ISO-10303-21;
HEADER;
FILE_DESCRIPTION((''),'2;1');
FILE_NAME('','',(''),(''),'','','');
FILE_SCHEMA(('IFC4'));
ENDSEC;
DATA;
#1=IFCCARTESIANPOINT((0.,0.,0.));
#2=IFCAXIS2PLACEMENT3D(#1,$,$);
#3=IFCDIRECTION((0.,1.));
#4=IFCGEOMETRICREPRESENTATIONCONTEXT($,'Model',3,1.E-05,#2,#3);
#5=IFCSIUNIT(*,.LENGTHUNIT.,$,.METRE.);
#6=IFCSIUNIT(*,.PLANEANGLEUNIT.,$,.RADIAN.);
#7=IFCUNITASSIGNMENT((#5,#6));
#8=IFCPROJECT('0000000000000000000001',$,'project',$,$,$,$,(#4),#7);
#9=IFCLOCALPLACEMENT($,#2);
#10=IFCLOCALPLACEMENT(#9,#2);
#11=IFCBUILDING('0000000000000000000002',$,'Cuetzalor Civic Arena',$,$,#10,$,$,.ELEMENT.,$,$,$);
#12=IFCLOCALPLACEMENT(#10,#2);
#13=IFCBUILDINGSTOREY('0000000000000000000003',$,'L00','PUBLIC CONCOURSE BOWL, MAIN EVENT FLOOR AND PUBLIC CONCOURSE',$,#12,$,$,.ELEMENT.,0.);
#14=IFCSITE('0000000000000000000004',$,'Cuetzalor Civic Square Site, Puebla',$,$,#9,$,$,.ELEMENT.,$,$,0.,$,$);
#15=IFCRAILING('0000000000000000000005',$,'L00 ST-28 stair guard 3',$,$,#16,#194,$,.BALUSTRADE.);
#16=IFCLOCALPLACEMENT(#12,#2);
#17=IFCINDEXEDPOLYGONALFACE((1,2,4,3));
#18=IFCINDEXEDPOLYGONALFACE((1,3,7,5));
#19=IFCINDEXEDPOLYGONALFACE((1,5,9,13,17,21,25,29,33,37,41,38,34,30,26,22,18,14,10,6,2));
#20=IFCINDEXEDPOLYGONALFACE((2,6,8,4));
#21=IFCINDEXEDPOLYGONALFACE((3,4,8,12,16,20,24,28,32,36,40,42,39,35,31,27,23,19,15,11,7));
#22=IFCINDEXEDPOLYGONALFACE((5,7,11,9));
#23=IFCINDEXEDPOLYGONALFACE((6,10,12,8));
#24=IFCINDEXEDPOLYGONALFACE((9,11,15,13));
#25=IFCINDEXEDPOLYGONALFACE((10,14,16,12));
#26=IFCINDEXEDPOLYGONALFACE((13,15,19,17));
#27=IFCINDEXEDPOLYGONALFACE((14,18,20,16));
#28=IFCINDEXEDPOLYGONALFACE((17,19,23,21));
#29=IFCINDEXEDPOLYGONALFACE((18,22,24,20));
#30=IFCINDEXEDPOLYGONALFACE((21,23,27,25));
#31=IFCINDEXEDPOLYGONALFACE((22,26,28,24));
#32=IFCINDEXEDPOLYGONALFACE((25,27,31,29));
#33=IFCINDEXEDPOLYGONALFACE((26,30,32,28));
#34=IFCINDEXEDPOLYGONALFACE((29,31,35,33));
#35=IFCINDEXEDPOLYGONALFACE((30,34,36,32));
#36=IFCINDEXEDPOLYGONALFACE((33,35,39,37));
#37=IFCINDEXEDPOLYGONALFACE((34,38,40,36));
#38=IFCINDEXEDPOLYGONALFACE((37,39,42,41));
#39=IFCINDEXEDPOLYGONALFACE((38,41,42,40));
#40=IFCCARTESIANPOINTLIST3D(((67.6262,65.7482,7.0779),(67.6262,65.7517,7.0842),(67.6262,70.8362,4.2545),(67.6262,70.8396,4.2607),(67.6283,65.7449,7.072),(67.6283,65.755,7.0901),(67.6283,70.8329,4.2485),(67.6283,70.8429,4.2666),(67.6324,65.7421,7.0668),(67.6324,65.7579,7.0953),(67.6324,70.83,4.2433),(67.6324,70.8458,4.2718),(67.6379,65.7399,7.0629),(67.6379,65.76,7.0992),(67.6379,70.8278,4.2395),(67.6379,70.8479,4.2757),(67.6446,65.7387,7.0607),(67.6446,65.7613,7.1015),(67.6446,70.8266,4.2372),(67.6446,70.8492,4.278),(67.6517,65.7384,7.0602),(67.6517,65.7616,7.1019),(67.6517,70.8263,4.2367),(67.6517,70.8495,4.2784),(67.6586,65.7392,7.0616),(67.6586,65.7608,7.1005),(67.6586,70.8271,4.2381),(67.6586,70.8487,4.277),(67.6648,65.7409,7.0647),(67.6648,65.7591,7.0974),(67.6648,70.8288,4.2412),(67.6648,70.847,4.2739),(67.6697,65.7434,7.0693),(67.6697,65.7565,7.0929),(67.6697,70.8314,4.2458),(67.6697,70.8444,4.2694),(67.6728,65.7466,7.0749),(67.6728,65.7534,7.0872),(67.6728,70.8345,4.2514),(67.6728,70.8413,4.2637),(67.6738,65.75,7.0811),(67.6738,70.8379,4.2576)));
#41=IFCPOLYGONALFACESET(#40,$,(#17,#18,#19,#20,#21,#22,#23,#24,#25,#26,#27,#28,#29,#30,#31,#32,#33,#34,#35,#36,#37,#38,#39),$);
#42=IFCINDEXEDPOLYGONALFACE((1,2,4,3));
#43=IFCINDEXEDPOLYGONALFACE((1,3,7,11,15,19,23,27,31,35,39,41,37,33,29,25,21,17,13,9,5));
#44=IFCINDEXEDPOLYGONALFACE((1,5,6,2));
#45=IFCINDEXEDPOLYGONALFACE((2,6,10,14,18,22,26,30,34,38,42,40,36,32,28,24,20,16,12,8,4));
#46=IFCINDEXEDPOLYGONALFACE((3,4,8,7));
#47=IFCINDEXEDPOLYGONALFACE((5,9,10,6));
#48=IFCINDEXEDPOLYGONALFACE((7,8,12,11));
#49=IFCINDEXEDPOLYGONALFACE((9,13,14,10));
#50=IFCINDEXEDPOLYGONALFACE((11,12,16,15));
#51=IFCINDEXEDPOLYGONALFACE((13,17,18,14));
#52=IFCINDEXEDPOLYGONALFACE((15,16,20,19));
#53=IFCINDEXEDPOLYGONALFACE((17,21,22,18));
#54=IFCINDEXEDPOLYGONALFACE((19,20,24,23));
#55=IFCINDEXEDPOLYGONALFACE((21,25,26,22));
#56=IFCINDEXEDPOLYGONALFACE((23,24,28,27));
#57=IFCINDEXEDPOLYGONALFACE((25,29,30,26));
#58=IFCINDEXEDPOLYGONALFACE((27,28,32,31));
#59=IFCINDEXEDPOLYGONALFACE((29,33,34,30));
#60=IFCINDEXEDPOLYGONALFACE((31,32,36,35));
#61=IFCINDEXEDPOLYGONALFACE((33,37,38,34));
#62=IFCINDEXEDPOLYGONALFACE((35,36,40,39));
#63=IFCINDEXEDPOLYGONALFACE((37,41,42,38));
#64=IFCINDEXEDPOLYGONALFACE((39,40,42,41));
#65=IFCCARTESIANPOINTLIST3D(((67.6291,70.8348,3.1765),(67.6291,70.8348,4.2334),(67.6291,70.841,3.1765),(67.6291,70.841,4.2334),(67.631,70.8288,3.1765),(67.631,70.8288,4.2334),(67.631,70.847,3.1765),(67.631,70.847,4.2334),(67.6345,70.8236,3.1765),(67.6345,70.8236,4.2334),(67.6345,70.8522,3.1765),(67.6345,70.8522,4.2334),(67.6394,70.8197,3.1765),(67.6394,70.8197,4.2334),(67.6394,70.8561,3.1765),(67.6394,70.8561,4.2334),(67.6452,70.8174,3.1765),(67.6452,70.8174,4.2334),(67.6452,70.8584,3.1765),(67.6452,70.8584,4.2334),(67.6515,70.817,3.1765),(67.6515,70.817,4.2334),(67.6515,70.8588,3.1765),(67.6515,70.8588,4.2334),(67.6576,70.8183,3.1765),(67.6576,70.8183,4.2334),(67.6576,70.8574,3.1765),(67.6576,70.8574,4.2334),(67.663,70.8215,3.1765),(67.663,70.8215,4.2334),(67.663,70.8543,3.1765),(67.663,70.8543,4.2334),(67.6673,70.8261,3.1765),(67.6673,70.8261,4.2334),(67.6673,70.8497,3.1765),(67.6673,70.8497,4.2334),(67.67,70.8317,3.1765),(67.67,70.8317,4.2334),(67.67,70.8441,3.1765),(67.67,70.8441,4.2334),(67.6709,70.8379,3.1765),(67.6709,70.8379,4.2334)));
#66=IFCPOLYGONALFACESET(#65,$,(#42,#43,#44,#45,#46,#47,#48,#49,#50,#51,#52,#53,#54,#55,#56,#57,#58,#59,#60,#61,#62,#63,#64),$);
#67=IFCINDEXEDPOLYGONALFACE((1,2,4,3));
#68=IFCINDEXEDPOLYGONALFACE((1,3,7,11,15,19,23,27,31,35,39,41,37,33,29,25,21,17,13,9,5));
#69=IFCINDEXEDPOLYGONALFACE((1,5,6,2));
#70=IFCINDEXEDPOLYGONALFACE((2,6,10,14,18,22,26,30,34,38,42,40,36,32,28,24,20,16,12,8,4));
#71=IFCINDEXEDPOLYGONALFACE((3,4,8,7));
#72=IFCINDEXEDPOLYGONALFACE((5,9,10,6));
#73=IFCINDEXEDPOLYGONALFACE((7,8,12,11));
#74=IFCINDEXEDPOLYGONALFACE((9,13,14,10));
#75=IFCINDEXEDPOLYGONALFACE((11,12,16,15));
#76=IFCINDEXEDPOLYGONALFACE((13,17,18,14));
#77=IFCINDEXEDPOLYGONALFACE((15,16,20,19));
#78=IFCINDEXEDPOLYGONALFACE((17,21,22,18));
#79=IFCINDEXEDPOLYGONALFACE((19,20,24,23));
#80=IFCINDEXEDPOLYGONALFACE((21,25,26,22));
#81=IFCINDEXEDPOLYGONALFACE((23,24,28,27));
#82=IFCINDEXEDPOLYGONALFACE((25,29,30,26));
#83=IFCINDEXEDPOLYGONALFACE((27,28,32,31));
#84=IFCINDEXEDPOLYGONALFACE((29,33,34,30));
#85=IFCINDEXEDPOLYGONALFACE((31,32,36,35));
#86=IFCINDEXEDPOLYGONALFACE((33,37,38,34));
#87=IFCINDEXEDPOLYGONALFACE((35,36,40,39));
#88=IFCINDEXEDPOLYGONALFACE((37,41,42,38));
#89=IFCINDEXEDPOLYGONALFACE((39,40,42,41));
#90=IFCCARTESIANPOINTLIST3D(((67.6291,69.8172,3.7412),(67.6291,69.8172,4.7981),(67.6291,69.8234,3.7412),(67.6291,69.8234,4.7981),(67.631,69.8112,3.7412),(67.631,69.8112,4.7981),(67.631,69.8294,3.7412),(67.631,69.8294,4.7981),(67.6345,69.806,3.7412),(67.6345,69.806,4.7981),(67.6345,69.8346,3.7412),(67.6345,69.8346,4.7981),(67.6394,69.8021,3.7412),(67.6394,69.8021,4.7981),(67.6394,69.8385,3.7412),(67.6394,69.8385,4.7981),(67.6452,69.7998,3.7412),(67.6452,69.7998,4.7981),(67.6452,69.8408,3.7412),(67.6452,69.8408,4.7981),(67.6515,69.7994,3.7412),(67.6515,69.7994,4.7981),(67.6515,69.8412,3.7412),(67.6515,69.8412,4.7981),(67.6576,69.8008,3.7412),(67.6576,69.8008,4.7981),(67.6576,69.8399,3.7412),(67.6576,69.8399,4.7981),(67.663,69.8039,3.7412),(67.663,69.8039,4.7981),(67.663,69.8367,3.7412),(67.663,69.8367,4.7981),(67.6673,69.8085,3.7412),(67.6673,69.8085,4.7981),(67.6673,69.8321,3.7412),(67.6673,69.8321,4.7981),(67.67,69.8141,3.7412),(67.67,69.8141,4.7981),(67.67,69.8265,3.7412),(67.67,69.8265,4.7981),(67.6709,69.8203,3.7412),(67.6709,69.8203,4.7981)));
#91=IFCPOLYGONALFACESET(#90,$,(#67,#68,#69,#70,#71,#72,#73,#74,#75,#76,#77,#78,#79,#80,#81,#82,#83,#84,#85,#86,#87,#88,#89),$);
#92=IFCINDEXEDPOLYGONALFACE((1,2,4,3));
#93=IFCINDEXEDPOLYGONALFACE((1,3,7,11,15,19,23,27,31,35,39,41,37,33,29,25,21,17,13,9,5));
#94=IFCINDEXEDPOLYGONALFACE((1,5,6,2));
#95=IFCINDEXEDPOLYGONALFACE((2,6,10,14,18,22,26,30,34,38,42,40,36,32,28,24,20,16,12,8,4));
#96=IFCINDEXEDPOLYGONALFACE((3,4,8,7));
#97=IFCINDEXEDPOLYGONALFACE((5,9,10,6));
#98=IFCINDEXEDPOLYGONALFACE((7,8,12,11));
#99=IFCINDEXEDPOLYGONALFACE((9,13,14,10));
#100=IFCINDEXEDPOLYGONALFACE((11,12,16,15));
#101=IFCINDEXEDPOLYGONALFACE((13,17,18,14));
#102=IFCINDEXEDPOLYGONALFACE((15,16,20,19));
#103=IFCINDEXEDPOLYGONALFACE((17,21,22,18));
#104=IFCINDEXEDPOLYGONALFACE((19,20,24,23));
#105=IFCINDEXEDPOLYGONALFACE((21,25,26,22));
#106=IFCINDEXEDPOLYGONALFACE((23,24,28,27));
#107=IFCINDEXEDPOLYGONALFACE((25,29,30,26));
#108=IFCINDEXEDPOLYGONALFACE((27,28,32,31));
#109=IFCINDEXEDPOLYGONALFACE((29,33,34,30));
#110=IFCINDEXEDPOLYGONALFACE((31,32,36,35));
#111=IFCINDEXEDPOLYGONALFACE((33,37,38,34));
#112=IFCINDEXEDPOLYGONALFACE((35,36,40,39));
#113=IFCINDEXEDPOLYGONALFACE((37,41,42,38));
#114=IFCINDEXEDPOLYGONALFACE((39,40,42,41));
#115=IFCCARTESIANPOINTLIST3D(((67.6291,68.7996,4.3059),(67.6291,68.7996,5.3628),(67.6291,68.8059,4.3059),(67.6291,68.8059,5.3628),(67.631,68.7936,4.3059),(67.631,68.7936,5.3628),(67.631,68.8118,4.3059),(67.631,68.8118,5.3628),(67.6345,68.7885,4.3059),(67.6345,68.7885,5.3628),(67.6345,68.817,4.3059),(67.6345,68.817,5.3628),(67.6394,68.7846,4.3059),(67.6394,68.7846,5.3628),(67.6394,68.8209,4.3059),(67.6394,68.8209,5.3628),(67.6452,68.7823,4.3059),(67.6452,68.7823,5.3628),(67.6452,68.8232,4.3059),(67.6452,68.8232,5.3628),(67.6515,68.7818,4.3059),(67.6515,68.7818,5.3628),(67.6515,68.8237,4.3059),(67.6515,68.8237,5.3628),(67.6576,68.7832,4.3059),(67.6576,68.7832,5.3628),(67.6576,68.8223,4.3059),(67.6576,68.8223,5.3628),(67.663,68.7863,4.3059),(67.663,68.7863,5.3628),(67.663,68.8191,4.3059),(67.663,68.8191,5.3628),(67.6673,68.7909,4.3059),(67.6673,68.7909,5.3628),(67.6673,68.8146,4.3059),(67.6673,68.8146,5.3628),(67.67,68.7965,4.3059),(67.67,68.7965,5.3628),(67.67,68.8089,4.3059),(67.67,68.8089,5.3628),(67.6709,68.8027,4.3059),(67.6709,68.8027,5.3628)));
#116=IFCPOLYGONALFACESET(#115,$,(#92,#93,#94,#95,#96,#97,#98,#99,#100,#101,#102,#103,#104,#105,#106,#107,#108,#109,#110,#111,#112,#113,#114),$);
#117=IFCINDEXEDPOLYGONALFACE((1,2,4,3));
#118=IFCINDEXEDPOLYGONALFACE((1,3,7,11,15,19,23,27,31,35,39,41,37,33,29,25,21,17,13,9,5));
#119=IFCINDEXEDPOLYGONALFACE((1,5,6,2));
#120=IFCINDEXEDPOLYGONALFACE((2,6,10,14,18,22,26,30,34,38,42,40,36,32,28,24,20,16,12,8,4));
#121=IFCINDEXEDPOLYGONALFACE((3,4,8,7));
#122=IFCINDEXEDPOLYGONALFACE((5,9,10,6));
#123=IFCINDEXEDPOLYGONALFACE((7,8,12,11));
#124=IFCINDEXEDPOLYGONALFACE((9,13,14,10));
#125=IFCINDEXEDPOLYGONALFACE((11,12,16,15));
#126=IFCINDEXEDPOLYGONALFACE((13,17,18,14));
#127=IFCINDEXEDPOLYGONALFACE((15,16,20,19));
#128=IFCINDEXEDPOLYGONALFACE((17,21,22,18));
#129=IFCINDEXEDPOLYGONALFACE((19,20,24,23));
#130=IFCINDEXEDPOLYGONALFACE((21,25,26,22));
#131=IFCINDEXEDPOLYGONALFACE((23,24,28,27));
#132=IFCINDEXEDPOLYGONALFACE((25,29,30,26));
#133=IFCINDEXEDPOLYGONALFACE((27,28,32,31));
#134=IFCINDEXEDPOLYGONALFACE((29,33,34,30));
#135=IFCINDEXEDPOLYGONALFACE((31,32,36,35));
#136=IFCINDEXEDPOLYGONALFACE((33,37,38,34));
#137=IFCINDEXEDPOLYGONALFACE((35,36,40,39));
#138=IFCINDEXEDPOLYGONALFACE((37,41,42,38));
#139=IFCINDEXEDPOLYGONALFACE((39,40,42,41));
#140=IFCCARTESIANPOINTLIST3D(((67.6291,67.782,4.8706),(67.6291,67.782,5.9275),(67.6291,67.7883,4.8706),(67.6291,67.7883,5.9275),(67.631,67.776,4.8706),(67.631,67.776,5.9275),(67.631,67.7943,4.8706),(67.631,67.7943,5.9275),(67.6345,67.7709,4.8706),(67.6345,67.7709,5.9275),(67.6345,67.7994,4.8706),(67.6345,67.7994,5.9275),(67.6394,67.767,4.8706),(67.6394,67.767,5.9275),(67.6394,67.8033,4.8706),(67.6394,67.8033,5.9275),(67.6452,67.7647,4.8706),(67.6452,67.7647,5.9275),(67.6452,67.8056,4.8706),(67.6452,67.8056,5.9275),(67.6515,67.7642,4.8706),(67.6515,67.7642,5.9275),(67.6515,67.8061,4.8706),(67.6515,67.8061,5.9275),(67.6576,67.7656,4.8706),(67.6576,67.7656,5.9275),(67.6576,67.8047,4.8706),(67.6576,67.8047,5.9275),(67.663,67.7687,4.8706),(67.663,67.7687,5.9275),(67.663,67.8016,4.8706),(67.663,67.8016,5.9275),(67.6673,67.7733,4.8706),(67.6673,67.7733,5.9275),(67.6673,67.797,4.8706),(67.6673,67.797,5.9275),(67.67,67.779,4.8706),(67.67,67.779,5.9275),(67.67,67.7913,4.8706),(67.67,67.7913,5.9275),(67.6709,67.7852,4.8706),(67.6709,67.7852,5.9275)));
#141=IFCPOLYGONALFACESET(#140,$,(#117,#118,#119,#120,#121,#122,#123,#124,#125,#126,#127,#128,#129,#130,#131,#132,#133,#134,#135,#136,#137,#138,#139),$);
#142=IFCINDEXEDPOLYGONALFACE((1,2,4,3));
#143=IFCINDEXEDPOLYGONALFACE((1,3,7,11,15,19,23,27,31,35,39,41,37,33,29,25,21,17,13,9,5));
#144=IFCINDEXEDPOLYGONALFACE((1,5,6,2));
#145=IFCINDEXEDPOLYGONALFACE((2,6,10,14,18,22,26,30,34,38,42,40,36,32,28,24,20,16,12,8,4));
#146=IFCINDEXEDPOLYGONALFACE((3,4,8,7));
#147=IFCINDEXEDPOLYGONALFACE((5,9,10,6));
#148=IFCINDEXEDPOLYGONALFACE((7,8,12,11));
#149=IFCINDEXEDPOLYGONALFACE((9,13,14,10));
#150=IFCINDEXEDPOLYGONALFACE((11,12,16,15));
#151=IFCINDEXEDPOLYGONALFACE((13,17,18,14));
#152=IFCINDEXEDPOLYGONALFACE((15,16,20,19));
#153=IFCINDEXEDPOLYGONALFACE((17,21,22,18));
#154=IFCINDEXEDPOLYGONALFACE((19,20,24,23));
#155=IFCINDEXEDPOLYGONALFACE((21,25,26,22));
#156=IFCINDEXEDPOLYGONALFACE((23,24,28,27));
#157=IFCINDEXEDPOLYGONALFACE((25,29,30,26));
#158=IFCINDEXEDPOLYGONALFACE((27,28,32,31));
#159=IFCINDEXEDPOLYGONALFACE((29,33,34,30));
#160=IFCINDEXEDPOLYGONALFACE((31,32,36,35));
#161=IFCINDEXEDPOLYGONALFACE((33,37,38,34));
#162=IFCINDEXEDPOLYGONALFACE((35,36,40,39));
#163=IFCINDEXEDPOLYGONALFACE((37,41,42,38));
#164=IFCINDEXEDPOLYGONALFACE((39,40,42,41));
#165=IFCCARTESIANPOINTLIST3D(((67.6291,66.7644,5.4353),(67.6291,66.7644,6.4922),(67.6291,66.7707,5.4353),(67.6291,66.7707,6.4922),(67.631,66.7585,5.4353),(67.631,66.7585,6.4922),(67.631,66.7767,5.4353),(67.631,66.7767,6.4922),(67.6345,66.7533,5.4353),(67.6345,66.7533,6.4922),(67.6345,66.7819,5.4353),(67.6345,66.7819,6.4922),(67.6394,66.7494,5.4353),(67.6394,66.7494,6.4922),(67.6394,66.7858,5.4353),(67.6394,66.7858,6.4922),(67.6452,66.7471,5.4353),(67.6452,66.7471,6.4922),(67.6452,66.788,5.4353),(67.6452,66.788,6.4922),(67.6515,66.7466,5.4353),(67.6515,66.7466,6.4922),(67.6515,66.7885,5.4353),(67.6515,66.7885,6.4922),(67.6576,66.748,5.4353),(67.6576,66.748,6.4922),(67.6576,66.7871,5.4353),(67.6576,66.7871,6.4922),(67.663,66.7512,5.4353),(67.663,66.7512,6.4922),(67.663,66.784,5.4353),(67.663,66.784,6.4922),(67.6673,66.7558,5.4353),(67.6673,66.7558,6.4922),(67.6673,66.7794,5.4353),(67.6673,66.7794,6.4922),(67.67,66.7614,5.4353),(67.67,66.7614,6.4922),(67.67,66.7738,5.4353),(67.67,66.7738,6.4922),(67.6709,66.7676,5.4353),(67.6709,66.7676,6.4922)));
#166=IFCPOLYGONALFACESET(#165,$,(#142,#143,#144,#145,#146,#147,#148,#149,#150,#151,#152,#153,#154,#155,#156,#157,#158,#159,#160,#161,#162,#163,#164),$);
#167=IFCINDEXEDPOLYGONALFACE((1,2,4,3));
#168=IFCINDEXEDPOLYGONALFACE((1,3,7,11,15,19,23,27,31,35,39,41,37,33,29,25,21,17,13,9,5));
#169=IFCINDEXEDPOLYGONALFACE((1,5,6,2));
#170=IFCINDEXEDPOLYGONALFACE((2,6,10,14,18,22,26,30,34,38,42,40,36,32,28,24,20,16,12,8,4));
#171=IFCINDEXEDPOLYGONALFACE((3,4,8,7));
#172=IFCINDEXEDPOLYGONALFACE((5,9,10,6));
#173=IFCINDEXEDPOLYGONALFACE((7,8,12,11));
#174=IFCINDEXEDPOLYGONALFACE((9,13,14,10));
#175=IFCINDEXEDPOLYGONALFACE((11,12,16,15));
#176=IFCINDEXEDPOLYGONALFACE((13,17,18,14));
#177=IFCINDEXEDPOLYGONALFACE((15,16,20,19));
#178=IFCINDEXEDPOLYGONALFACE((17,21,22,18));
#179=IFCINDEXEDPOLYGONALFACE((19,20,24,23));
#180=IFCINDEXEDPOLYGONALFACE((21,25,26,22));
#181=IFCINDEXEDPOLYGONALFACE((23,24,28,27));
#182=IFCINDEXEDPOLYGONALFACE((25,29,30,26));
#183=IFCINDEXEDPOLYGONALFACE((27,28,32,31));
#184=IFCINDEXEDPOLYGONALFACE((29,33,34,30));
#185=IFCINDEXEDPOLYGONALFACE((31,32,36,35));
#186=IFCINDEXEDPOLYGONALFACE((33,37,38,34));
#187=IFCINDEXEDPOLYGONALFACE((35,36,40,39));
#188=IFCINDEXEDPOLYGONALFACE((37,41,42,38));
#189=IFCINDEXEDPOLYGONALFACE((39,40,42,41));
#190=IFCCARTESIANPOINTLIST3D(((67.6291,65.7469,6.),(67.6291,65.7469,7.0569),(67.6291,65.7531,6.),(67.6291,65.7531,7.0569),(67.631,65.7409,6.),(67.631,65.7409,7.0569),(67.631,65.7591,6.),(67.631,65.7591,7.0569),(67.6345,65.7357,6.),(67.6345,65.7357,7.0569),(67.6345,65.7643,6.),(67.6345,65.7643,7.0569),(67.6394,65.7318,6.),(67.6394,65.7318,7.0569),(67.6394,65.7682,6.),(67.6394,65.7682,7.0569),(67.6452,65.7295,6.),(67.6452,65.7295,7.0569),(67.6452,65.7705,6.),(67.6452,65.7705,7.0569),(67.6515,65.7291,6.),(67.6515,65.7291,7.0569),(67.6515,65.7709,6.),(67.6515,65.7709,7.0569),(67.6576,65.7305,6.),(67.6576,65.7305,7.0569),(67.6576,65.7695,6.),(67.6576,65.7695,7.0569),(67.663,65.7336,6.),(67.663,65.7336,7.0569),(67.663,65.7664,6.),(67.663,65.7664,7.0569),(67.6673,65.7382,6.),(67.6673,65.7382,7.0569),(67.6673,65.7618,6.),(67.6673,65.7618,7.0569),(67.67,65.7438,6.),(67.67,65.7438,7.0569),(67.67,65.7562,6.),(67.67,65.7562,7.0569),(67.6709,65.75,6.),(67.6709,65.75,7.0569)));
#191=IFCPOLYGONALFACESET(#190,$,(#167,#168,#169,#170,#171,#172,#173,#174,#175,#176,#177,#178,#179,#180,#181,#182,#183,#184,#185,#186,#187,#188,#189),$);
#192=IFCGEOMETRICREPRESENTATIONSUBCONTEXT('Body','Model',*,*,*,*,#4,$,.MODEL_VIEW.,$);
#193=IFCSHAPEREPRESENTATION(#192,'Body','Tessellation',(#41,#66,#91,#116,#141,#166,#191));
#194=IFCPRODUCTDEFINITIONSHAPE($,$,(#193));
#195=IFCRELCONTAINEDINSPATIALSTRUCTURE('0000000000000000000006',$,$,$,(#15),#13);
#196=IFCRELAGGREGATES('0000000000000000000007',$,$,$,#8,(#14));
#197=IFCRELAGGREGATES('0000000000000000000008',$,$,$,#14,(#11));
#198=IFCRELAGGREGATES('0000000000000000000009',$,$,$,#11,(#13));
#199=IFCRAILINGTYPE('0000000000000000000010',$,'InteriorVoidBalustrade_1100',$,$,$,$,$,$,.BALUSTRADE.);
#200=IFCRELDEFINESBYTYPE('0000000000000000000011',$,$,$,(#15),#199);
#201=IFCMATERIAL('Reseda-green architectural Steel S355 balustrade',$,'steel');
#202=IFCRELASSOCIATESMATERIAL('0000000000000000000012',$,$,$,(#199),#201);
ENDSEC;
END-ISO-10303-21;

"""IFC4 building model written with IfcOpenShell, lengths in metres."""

from ifc_helpers import new_model, si_unit, direction, frame, origin, origin_2d, place, context, subcontext, project, spatial, circle, extrude, material, type_object, element, save


model = new_model("IFC4")

# Units and contexts
model_context = context("Model", 3, precision=1e-05, world=origin(), true_north=direction((0.0, 1.0)))
body_context = subcontext(model_context, "Body", "Model", "MODEL_VIEW")
ifc_project = project(units=[si_unit("LENGTHUNIT", "METRE"), si_unit("PLANEANGLEUNIT", "RADIAN")], contexts=[model_context])

# Site, building, storey
site_placement = place(None, origin())
site = spatial("IfcSite", under=ifc_project, at=site_placement, Name="Cuetzalor Civic Square Site, Puebla", CompositionType="ELEMENT", RefElevation=0.0)
building_placement = place(site_placement, origin())
building = spatial("IfcBuilding", under=site, at=building_placement, Name="Cuetzalor Civic Arena", CompositionType="ELEMENT")
storey_placement = place(building_placement, origin())
storey = spatial("IfcBuildingStorey", under=building, at=storey_placement, Name="L00", Description="PUBLIC CONCOURSE BOWL, MAIN EVENT FLOOR AND PUBLIC CONCOURSE", CompositionType="ELEMENT", Elevation=0.0)

# Railing
ifc_material_1 = material(Name="Reseda-green architectural Steel S355 balustrade", Category="steel")
railing_type_1 = type_object("IfcRailingType", Name="InteriorVoidBalustrade_1100", PredefinedType="BALUSTRADE", material=ifc_material_1)
railing_1_placement = place(storey_placement, frame((67.6499, 70.8379, 3.1765)))
element("IfcRailing", 1, at=railing_1_placement, inside=storey, type_object=railing_type_1, Name="L00 ST-28 stair guard 3", PredefinedType="BALUSTRADE", context=body_context, shape_type="SweptSolid", body=[
    extrude(circle(Radius=0.0239, at=origin_2d()), frame((0.0, 0.0, 1.0811), z_axis=(0.0, -0.874385, 0.485233), x_axis=(1.0, 0.0, 0.0)), (0.0, 0.0, 1.0), 5.8188),
    extrude(circle(Radius=0.021, at=origin_2d()), origin(), (0.0, 0.0, 1.0), 1.0569),
    extrude(circle(Radius=0.021, at=origin_2d()), frame((0.0, -1.0176, 0.5647)), (0.0, 0.0, 1.0), 1.0569),
    extrude(circle(Radius=0.021, at=origin_2d()), frame((0.0, -2.0352, 1.1294)), (0.0, 0.0, 1.0), 1.0569),
    extrude(circle(Radius=0.021, at=origin_2d()), frame((0.0, -3.0527, 1.6941)), (0.0, 0.0, 1.0), 1.0569),
    extrude(circle(Radius=0.021, at=origin_2d()), frame((0.0, -4.0703, 2.2588)), (0.0, 0.0, 1.0), 1.0569),
    extrude(circle(Radius=0.021, at=origin_2d()), frame((0.0, -5.0879, 2.8235)), (0.0, 0.0, 1.0), 1.0569),
])

save(model, "model.ifc")
